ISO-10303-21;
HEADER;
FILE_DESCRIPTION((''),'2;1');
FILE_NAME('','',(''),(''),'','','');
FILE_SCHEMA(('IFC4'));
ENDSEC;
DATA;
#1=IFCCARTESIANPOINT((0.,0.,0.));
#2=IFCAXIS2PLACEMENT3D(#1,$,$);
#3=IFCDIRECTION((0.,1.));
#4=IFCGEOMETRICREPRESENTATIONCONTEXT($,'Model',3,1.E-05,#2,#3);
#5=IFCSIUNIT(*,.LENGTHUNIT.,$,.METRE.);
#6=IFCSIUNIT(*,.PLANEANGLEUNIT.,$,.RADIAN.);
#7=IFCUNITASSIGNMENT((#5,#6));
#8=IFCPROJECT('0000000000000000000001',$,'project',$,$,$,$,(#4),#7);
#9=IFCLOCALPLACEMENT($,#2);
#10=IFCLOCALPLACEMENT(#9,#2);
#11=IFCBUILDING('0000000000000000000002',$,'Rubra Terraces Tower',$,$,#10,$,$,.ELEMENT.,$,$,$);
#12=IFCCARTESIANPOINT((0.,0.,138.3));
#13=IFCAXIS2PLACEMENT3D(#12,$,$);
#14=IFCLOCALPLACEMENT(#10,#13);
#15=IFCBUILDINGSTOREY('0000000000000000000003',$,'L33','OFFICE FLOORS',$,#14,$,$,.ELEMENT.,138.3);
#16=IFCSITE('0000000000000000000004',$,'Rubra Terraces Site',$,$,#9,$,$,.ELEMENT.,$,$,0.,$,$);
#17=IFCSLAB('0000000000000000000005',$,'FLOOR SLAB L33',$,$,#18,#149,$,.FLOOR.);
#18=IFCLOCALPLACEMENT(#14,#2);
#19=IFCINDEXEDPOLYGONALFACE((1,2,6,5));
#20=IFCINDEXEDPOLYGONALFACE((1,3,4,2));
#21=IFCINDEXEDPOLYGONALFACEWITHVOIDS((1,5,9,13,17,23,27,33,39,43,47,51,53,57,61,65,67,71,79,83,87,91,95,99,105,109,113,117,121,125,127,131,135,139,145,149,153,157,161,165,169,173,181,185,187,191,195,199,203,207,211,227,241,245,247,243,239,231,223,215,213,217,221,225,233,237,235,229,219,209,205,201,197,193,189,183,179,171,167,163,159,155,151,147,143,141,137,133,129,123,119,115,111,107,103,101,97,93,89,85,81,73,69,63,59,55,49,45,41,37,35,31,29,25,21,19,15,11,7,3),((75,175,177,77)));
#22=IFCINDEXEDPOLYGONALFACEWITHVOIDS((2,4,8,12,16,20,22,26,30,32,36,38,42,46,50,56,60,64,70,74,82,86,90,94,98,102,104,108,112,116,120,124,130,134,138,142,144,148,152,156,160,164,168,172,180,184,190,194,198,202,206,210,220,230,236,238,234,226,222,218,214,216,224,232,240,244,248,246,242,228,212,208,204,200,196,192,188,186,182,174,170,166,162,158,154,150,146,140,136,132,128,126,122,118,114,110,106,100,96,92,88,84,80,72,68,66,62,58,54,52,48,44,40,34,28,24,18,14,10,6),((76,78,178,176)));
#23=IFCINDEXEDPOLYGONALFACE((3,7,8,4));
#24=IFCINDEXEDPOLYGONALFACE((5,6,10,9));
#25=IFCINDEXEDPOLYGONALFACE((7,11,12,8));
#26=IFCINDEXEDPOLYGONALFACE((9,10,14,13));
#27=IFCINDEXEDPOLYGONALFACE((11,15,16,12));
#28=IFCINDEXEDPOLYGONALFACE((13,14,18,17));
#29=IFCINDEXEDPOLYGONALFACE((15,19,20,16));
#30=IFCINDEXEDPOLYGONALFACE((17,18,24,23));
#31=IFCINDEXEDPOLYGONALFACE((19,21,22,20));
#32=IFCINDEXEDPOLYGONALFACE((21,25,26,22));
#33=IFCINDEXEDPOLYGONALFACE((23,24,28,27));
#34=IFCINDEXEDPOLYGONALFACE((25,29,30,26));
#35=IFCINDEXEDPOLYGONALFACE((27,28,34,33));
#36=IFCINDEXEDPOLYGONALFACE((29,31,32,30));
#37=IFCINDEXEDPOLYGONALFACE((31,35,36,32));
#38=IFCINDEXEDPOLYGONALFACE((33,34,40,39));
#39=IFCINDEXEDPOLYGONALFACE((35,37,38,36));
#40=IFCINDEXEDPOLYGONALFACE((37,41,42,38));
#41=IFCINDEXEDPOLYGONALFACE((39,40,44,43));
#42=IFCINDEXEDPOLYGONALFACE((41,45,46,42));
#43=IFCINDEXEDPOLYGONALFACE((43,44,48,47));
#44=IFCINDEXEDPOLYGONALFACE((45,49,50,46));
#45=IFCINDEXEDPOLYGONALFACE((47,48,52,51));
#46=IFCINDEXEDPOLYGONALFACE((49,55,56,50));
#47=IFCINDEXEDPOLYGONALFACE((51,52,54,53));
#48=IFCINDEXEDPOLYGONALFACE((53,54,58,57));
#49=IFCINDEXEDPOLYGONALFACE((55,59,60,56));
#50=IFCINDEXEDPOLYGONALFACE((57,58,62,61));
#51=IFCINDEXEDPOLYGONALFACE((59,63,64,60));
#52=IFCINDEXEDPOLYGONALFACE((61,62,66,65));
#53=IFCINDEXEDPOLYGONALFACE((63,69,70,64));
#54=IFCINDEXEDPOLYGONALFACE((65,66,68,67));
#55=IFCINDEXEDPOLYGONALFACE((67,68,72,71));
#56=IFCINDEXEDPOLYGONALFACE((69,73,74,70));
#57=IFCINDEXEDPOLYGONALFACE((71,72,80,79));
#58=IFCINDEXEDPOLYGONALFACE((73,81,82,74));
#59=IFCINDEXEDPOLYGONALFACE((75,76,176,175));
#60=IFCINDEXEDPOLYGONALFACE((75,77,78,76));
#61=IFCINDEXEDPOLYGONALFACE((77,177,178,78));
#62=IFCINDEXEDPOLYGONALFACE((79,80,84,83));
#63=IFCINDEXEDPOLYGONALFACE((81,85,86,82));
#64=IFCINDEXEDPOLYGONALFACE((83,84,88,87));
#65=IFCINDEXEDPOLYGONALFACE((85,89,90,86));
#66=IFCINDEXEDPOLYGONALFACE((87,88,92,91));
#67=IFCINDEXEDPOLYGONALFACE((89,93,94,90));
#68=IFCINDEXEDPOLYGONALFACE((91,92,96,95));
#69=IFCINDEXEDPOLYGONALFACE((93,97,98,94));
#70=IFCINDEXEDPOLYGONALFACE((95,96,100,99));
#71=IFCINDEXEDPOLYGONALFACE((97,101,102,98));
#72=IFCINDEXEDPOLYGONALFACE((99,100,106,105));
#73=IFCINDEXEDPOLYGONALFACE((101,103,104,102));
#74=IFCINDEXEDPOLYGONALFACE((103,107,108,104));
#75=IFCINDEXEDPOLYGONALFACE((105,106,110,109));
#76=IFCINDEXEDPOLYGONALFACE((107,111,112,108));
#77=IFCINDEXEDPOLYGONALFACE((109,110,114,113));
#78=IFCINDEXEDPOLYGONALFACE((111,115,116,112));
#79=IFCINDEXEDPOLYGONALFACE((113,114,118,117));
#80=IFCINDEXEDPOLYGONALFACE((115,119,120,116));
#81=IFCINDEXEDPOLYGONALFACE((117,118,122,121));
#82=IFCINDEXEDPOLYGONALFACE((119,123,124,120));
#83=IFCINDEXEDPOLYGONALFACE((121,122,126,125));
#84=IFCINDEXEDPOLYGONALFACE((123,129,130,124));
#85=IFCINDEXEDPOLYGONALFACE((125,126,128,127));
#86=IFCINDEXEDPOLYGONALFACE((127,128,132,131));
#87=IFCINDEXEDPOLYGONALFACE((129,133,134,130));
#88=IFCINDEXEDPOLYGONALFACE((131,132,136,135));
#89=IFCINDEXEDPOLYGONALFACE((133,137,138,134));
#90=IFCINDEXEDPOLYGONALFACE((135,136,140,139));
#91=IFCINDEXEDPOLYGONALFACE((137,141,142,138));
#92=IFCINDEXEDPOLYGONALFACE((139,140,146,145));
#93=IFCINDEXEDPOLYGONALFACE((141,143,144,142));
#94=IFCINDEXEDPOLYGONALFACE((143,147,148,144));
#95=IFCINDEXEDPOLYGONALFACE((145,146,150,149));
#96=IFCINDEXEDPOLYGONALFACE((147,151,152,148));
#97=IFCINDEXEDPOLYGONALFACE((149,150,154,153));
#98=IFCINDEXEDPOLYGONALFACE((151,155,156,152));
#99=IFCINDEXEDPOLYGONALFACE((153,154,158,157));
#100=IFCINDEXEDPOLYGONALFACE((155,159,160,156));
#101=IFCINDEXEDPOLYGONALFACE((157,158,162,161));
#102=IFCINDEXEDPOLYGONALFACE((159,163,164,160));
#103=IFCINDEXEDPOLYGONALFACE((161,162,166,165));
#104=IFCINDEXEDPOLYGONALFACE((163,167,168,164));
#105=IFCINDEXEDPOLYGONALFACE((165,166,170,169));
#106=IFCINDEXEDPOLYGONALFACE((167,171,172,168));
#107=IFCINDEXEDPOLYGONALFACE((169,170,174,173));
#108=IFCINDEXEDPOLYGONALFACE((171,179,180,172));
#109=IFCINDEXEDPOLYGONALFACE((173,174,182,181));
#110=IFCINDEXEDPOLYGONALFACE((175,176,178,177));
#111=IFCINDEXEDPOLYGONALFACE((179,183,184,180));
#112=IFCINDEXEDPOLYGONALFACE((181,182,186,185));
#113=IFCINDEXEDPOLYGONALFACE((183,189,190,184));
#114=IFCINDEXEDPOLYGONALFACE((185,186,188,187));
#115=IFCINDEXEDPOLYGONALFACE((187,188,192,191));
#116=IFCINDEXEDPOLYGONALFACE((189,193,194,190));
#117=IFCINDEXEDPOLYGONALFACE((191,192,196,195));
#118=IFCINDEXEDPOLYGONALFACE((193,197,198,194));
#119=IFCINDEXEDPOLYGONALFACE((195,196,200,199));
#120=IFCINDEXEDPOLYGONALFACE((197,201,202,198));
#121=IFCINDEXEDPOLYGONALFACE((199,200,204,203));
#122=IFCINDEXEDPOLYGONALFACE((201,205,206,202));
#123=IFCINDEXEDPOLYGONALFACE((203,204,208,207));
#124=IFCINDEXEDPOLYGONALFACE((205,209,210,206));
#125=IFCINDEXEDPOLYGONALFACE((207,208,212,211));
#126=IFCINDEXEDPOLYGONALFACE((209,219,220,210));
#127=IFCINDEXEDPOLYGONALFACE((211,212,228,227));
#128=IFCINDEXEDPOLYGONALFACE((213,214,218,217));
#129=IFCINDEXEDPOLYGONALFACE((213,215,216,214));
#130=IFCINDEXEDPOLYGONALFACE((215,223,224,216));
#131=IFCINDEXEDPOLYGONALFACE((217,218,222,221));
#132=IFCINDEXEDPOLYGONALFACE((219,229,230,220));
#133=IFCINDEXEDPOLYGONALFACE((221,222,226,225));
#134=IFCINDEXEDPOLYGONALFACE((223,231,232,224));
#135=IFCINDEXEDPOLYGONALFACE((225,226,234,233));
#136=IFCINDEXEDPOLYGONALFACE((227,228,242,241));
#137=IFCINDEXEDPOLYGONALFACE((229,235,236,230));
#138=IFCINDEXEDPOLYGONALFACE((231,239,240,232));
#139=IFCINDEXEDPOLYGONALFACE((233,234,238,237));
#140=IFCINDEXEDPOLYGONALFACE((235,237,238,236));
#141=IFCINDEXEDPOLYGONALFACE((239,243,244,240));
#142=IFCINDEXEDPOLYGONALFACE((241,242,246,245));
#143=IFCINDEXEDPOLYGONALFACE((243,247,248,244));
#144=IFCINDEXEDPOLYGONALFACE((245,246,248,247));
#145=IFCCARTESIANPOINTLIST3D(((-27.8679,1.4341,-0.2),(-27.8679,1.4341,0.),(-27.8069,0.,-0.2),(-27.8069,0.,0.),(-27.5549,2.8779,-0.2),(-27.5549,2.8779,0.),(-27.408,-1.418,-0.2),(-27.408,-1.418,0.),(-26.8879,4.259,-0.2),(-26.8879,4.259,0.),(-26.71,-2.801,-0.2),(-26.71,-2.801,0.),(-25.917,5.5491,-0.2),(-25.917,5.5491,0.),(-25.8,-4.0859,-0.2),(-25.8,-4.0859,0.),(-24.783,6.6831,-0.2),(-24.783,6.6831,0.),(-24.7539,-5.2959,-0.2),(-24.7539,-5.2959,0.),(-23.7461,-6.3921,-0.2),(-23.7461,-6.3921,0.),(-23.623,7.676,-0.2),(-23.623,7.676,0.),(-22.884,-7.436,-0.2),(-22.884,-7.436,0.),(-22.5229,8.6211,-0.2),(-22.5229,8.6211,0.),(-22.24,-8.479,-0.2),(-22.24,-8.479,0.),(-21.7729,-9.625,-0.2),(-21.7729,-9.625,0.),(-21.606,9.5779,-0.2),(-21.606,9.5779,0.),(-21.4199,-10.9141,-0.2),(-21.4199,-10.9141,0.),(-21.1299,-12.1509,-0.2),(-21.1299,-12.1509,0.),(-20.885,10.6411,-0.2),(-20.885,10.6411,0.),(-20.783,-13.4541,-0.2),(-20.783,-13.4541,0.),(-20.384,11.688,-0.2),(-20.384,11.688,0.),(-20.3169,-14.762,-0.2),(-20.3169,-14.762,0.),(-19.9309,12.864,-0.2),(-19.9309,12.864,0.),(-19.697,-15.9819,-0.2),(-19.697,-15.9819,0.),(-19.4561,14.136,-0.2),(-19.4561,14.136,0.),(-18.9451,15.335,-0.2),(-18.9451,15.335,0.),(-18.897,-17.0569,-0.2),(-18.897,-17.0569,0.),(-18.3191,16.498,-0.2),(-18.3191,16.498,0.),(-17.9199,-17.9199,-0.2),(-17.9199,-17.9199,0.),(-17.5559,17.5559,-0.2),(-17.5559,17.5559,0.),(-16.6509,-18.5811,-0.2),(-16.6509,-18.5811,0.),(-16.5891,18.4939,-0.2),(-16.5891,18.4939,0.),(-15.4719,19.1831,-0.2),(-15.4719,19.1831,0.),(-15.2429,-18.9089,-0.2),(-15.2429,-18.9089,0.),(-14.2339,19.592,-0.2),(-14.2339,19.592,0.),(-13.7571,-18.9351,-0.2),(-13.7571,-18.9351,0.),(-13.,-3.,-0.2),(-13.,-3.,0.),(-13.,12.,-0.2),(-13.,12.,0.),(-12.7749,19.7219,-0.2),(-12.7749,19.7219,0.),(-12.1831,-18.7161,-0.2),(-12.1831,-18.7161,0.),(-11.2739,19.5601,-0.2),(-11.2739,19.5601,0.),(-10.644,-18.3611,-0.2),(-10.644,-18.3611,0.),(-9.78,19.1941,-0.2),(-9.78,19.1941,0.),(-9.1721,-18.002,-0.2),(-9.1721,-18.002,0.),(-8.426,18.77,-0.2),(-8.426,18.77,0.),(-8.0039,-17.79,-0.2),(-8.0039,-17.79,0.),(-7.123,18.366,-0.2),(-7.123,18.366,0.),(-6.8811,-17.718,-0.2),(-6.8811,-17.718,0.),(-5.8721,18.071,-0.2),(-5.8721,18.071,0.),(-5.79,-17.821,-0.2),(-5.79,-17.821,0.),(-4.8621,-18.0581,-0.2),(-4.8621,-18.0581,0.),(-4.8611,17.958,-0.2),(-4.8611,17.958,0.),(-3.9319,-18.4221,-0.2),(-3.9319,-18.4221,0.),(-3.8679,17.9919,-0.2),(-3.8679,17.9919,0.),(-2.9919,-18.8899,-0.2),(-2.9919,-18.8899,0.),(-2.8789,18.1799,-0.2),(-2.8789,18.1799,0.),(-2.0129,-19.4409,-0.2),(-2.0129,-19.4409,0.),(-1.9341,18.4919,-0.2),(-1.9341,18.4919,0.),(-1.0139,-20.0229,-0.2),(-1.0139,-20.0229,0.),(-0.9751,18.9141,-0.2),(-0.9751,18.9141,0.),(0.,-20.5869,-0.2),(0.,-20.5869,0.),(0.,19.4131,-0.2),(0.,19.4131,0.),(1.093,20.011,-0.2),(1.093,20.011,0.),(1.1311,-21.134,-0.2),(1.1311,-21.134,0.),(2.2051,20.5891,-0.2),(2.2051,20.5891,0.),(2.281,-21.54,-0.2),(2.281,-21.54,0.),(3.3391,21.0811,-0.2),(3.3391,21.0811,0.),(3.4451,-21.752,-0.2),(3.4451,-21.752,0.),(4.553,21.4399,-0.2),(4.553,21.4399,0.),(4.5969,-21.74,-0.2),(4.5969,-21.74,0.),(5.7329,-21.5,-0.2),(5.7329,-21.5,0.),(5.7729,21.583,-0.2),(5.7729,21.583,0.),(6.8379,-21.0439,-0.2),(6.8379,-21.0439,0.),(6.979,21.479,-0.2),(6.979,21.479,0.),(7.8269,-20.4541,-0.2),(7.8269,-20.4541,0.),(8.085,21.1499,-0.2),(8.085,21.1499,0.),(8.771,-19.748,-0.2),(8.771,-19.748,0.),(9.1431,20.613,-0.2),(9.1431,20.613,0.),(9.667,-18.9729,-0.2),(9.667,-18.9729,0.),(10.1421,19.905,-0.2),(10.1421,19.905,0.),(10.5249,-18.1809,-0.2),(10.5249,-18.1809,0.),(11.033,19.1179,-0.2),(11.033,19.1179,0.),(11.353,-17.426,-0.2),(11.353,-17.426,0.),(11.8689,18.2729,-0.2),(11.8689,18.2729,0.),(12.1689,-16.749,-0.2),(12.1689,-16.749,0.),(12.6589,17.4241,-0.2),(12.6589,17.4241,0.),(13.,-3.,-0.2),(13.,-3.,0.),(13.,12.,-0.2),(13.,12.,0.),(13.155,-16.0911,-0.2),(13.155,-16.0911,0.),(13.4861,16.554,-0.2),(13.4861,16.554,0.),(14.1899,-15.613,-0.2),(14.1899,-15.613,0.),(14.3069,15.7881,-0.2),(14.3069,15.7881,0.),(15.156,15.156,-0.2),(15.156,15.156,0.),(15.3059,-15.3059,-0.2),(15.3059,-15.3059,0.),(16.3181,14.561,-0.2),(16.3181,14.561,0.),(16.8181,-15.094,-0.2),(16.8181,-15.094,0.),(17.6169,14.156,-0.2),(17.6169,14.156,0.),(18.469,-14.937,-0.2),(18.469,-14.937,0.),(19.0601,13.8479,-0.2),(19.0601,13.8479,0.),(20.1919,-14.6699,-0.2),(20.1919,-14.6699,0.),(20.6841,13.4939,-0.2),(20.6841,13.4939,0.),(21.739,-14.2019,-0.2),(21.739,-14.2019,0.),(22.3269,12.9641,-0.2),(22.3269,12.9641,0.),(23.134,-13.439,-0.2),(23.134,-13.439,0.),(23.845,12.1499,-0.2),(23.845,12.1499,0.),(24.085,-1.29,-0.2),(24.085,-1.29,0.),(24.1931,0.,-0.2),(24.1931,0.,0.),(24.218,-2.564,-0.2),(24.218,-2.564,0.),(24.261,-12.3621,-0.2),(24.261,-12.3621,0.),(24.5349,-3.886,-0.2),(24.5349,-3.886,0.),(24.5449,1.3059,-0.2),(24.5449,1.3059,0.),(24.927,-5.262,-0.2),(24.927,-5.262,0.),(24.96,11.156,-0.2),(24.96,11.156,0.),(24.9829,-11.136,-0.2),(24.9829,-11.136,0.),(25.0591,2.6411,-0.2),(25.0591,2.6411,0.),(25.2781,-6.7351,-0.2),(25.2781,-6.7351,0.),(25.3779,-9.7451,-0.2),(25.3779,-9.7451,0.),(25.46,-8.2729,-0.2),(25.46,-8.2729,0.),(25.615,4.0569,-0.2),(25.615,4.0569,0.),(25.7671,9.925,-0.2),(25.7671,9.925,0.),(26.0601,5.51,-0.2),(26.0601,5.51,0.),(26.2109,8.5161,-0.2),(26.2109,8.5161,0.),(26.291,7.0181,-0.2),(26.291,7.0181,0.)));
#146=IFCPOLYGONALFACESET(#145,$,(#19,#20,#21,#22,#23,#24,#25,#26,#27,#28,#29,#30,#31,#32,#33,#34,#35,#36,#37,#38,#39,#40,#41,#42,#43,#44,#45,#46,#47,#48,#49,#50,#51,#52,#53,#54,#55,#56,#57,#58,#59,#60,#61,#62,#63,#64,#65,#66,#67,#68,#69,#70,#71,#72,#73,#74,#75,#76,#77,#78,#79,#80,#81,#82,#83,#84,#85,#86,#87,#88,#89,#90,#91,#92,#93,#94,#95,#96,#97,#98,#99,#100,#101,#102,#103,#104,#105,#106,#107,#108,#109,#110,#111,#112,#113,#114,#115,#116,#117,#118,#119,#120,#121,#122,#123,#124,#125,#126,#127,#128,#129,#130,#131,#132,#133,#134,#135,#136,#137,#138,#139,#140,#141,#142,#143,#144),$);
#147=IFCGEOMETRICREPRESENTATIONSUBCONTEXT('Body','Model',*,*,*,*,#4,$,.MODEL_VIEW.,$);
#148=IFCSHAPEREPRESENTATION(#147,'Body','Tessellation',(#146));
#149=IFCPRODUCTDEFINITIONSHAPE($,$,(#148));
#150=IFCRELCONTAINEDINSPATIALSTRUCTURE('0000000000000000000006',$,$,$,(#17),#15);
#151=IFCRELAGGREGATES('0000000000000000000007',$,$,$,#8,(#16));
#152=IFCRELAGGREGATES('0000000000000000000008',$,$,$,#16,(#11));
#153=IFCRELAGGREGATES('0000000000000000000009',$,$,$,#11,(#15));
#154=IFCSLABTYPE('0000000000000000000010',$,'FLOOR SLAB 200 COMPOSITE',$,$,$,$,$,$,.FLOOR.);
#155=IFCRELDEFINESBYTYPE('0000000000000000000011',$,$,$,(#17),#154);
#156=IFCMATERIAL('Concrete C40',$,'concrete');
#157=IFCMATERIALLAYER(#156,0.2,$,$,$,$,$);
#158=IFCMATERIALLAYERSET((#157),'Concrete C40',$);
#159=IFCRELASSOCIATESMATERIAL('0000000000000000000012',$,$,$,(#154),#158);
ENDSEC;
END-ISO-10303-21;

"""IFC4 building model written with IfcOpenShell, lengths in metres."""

from ifc_helpers import new_model, si_unit, direction, frame, origin, place, context, subcontext, project, spatial, polyline, outline, extrude, material, layer, layer_set, type_object, element, save


model = new_model("IFC4")

# Units and contexts
model_context = context("Model", 3, precision=1e-05, world=origin(), true_north=direction((0.0, 1.0)))
body_context = subcontext(model_context, "Body", "Model", "MODEL_VIEW")
ifc_project = project(units=[si_unit("LENGTHUNIT", "METRE"), si_unit("PLANEANGLEUNIT", "RADIAN")], contexts=[model_context])

# Site, building, storey
site_placement = place(None, origin())
site = spatial("IfcSite", under=ifc_project, at=site_placement, Name="Rubra Terraces Site", CompositionType="ELEMENT", RefElevation=0.0)
building_placement = place(site_placement, origin())
building = spatial("IfcBuilding", under=site, at=building_placement, Name="Rubra Terraces Tower", CompositionType="ELEMENT")
storey_placement = place(building_placement, frame((0.0, 0.0, 138.3)))
storey = spatial("IfcBuildingStorey", under=building, at=storey_placement, Name="L33", Description="OFFICE FLOORS", CompositionType="ELEMENT", Elevation=138.3)

# Slab
ifc_material_1 = material(Name="Concrete C40", Category="concrete")
ifc_layer_1 = layer(ifc_material_1, 0.2)
ifc_layer_set_1 = layer_set([ifc_layer_1], Name="Concrete C40")
slab_type_1 = type_object("IfcSlabType", Name="FLOOR SLAB 200 COMPOSITE", PredefinedType="FLOOR", material=ifc_layer_set_1)
slab_1_placement = place(storey_placement, frame((0.0, 0.0, -0.2)))
element("IfcSlab", 1, at=slab_1_placement, inside=storey, type_object=slab_type_1, Name="FLOOR SLAB L33", PredefinedType="FLOOR", context=body_context, shape_type="SweptSolid", body=[
    extrude(outline(polyline([(24.085, -1.29), (24.1931, 0.0), (24.5449, 1.3059), (25.0591, 2.6411), (25.615, 4.0569), (26.0601, 5.51), (26.291, 7.0181), (26.2109, 8.5161), (25.7671, 9.925), (24.96, 11.156), (23.845, 12.1499), (22.3269, 12.9641), (20.6841, 13.4939), (19.0601, 13.8479), (17.6169, 14.156), (16.3181, 14.561), (15.156, 15.156), (14.3069, 15.7881), (13.4861, 16.554), (12.6589, 17.4241), (11.8689, 18.2729), (11.033, 19.1179), (10.1421, 19.905), (9.1431, 20.613), (8.085, 21.1499), (6.979, 21.479), (5.7729, 21.583), (4.553, 21.4399), (3.3391, 21.0811), (2.2051, 20.5891), (1.093, 20.011), (0.0, 19.4131), (-0.9751, 18.9141), (-1.9341, 18.4919), (-2.8789, 18.1799), (-3.8679, 17.9919), (-4.8611, 17.958), (-5.8721, 18.071), (-7.123, 18.366), (-8.426, 18.77), (-9.78, 19.1941), (-11.2739, 19.5601), (-12.7749, 19.7219), (-14.2339, 19.592), (-15.4719, 19.1831), (-16.5891, 18.4939), (-17.5559, 17.5559), (-18.3191, 16.498), (-18.9451, 15.335), (-19.4561, 14.136), (-19.9309, 12.864), (-20.384, 11.688), (-20.885, 10.6411), (-21.606, 9.5779), (-22.5229, 8.6211), (-23.623, 7.676), (-24.783, 6.6831), (-25.917, 5.5491), (-26.8879, 4.259), (-27.5549, 2.8779), (-27.8679, 1.4341), (-27.8069, 0.0), (-27.408, -1.418), (-26.71, -2.801), (-25.8, -4.0859), (-24.7539, -5.2959), (-23.7461, -6.3921), (-22.884, -7.436), (-22.24, -8.479), (-21.7729, -9.625), (-21.4199, -10.9141), (-21.1299, -12.1509), (-20.783, -13.4541), (-20.3169, -14.762), (-19.697, -15.9819), (-18.897, -17.0569), (-17.9199, -17.9199), (-16.6509, -18.5811), (-15.2429, -18.9089), (-13.7571, -18.9351), (-12.1831, -18.7161), (-10.644, -18.3611), (-9.1721, -18.002), (-8.0039, -17.79), (-6.8811, -17.718), (-5.79, -17.821), (-4.8621, -18.0581), (-3.9319, -18.4221), (-2.9919, -18.8899), (-2.0129, -19.4409), (-1.0139, -20.0229), (0.0, -20.5869), (1.1311, -21.134), (2.281, -21.54), (3.4451, -21.752), (4.5969, -21.74), (5.7329, -21.5), (6.8379, -21.0439), (7.8269, -20.4541), (8.771, -19.748), (9.667, -18.9729), (10.5249, -18.1809), (11.353, -17.426), (12.1689, -16.749), (13.155, -16.0911), (14.1899, -15.613), (15.3059, -15.3059), (16.8181, -15.094), (18.469, -14.937), (20.1919, -14.6699), (21.739, -14.2019), (23.134, -13.439), (24.261, -12.3621), (24.9829, -11.136), (25.3779, -9.7451), (25.46, -8.2729), (25.2781, -6.7351), (24.927, -5.262), (24.5349, -3.886), (24.218, -2.564), (24.085, -1.29)]), holes=[polyline([(13.0, 12.0), (13.0, -3.0), (-13.0, -3.0), (-13.0, 12.0), (13.0, 12.0)])]), origin(), (0.0, 0.0, 1.0), 0.2),
])

save(model, "model.ifc")
